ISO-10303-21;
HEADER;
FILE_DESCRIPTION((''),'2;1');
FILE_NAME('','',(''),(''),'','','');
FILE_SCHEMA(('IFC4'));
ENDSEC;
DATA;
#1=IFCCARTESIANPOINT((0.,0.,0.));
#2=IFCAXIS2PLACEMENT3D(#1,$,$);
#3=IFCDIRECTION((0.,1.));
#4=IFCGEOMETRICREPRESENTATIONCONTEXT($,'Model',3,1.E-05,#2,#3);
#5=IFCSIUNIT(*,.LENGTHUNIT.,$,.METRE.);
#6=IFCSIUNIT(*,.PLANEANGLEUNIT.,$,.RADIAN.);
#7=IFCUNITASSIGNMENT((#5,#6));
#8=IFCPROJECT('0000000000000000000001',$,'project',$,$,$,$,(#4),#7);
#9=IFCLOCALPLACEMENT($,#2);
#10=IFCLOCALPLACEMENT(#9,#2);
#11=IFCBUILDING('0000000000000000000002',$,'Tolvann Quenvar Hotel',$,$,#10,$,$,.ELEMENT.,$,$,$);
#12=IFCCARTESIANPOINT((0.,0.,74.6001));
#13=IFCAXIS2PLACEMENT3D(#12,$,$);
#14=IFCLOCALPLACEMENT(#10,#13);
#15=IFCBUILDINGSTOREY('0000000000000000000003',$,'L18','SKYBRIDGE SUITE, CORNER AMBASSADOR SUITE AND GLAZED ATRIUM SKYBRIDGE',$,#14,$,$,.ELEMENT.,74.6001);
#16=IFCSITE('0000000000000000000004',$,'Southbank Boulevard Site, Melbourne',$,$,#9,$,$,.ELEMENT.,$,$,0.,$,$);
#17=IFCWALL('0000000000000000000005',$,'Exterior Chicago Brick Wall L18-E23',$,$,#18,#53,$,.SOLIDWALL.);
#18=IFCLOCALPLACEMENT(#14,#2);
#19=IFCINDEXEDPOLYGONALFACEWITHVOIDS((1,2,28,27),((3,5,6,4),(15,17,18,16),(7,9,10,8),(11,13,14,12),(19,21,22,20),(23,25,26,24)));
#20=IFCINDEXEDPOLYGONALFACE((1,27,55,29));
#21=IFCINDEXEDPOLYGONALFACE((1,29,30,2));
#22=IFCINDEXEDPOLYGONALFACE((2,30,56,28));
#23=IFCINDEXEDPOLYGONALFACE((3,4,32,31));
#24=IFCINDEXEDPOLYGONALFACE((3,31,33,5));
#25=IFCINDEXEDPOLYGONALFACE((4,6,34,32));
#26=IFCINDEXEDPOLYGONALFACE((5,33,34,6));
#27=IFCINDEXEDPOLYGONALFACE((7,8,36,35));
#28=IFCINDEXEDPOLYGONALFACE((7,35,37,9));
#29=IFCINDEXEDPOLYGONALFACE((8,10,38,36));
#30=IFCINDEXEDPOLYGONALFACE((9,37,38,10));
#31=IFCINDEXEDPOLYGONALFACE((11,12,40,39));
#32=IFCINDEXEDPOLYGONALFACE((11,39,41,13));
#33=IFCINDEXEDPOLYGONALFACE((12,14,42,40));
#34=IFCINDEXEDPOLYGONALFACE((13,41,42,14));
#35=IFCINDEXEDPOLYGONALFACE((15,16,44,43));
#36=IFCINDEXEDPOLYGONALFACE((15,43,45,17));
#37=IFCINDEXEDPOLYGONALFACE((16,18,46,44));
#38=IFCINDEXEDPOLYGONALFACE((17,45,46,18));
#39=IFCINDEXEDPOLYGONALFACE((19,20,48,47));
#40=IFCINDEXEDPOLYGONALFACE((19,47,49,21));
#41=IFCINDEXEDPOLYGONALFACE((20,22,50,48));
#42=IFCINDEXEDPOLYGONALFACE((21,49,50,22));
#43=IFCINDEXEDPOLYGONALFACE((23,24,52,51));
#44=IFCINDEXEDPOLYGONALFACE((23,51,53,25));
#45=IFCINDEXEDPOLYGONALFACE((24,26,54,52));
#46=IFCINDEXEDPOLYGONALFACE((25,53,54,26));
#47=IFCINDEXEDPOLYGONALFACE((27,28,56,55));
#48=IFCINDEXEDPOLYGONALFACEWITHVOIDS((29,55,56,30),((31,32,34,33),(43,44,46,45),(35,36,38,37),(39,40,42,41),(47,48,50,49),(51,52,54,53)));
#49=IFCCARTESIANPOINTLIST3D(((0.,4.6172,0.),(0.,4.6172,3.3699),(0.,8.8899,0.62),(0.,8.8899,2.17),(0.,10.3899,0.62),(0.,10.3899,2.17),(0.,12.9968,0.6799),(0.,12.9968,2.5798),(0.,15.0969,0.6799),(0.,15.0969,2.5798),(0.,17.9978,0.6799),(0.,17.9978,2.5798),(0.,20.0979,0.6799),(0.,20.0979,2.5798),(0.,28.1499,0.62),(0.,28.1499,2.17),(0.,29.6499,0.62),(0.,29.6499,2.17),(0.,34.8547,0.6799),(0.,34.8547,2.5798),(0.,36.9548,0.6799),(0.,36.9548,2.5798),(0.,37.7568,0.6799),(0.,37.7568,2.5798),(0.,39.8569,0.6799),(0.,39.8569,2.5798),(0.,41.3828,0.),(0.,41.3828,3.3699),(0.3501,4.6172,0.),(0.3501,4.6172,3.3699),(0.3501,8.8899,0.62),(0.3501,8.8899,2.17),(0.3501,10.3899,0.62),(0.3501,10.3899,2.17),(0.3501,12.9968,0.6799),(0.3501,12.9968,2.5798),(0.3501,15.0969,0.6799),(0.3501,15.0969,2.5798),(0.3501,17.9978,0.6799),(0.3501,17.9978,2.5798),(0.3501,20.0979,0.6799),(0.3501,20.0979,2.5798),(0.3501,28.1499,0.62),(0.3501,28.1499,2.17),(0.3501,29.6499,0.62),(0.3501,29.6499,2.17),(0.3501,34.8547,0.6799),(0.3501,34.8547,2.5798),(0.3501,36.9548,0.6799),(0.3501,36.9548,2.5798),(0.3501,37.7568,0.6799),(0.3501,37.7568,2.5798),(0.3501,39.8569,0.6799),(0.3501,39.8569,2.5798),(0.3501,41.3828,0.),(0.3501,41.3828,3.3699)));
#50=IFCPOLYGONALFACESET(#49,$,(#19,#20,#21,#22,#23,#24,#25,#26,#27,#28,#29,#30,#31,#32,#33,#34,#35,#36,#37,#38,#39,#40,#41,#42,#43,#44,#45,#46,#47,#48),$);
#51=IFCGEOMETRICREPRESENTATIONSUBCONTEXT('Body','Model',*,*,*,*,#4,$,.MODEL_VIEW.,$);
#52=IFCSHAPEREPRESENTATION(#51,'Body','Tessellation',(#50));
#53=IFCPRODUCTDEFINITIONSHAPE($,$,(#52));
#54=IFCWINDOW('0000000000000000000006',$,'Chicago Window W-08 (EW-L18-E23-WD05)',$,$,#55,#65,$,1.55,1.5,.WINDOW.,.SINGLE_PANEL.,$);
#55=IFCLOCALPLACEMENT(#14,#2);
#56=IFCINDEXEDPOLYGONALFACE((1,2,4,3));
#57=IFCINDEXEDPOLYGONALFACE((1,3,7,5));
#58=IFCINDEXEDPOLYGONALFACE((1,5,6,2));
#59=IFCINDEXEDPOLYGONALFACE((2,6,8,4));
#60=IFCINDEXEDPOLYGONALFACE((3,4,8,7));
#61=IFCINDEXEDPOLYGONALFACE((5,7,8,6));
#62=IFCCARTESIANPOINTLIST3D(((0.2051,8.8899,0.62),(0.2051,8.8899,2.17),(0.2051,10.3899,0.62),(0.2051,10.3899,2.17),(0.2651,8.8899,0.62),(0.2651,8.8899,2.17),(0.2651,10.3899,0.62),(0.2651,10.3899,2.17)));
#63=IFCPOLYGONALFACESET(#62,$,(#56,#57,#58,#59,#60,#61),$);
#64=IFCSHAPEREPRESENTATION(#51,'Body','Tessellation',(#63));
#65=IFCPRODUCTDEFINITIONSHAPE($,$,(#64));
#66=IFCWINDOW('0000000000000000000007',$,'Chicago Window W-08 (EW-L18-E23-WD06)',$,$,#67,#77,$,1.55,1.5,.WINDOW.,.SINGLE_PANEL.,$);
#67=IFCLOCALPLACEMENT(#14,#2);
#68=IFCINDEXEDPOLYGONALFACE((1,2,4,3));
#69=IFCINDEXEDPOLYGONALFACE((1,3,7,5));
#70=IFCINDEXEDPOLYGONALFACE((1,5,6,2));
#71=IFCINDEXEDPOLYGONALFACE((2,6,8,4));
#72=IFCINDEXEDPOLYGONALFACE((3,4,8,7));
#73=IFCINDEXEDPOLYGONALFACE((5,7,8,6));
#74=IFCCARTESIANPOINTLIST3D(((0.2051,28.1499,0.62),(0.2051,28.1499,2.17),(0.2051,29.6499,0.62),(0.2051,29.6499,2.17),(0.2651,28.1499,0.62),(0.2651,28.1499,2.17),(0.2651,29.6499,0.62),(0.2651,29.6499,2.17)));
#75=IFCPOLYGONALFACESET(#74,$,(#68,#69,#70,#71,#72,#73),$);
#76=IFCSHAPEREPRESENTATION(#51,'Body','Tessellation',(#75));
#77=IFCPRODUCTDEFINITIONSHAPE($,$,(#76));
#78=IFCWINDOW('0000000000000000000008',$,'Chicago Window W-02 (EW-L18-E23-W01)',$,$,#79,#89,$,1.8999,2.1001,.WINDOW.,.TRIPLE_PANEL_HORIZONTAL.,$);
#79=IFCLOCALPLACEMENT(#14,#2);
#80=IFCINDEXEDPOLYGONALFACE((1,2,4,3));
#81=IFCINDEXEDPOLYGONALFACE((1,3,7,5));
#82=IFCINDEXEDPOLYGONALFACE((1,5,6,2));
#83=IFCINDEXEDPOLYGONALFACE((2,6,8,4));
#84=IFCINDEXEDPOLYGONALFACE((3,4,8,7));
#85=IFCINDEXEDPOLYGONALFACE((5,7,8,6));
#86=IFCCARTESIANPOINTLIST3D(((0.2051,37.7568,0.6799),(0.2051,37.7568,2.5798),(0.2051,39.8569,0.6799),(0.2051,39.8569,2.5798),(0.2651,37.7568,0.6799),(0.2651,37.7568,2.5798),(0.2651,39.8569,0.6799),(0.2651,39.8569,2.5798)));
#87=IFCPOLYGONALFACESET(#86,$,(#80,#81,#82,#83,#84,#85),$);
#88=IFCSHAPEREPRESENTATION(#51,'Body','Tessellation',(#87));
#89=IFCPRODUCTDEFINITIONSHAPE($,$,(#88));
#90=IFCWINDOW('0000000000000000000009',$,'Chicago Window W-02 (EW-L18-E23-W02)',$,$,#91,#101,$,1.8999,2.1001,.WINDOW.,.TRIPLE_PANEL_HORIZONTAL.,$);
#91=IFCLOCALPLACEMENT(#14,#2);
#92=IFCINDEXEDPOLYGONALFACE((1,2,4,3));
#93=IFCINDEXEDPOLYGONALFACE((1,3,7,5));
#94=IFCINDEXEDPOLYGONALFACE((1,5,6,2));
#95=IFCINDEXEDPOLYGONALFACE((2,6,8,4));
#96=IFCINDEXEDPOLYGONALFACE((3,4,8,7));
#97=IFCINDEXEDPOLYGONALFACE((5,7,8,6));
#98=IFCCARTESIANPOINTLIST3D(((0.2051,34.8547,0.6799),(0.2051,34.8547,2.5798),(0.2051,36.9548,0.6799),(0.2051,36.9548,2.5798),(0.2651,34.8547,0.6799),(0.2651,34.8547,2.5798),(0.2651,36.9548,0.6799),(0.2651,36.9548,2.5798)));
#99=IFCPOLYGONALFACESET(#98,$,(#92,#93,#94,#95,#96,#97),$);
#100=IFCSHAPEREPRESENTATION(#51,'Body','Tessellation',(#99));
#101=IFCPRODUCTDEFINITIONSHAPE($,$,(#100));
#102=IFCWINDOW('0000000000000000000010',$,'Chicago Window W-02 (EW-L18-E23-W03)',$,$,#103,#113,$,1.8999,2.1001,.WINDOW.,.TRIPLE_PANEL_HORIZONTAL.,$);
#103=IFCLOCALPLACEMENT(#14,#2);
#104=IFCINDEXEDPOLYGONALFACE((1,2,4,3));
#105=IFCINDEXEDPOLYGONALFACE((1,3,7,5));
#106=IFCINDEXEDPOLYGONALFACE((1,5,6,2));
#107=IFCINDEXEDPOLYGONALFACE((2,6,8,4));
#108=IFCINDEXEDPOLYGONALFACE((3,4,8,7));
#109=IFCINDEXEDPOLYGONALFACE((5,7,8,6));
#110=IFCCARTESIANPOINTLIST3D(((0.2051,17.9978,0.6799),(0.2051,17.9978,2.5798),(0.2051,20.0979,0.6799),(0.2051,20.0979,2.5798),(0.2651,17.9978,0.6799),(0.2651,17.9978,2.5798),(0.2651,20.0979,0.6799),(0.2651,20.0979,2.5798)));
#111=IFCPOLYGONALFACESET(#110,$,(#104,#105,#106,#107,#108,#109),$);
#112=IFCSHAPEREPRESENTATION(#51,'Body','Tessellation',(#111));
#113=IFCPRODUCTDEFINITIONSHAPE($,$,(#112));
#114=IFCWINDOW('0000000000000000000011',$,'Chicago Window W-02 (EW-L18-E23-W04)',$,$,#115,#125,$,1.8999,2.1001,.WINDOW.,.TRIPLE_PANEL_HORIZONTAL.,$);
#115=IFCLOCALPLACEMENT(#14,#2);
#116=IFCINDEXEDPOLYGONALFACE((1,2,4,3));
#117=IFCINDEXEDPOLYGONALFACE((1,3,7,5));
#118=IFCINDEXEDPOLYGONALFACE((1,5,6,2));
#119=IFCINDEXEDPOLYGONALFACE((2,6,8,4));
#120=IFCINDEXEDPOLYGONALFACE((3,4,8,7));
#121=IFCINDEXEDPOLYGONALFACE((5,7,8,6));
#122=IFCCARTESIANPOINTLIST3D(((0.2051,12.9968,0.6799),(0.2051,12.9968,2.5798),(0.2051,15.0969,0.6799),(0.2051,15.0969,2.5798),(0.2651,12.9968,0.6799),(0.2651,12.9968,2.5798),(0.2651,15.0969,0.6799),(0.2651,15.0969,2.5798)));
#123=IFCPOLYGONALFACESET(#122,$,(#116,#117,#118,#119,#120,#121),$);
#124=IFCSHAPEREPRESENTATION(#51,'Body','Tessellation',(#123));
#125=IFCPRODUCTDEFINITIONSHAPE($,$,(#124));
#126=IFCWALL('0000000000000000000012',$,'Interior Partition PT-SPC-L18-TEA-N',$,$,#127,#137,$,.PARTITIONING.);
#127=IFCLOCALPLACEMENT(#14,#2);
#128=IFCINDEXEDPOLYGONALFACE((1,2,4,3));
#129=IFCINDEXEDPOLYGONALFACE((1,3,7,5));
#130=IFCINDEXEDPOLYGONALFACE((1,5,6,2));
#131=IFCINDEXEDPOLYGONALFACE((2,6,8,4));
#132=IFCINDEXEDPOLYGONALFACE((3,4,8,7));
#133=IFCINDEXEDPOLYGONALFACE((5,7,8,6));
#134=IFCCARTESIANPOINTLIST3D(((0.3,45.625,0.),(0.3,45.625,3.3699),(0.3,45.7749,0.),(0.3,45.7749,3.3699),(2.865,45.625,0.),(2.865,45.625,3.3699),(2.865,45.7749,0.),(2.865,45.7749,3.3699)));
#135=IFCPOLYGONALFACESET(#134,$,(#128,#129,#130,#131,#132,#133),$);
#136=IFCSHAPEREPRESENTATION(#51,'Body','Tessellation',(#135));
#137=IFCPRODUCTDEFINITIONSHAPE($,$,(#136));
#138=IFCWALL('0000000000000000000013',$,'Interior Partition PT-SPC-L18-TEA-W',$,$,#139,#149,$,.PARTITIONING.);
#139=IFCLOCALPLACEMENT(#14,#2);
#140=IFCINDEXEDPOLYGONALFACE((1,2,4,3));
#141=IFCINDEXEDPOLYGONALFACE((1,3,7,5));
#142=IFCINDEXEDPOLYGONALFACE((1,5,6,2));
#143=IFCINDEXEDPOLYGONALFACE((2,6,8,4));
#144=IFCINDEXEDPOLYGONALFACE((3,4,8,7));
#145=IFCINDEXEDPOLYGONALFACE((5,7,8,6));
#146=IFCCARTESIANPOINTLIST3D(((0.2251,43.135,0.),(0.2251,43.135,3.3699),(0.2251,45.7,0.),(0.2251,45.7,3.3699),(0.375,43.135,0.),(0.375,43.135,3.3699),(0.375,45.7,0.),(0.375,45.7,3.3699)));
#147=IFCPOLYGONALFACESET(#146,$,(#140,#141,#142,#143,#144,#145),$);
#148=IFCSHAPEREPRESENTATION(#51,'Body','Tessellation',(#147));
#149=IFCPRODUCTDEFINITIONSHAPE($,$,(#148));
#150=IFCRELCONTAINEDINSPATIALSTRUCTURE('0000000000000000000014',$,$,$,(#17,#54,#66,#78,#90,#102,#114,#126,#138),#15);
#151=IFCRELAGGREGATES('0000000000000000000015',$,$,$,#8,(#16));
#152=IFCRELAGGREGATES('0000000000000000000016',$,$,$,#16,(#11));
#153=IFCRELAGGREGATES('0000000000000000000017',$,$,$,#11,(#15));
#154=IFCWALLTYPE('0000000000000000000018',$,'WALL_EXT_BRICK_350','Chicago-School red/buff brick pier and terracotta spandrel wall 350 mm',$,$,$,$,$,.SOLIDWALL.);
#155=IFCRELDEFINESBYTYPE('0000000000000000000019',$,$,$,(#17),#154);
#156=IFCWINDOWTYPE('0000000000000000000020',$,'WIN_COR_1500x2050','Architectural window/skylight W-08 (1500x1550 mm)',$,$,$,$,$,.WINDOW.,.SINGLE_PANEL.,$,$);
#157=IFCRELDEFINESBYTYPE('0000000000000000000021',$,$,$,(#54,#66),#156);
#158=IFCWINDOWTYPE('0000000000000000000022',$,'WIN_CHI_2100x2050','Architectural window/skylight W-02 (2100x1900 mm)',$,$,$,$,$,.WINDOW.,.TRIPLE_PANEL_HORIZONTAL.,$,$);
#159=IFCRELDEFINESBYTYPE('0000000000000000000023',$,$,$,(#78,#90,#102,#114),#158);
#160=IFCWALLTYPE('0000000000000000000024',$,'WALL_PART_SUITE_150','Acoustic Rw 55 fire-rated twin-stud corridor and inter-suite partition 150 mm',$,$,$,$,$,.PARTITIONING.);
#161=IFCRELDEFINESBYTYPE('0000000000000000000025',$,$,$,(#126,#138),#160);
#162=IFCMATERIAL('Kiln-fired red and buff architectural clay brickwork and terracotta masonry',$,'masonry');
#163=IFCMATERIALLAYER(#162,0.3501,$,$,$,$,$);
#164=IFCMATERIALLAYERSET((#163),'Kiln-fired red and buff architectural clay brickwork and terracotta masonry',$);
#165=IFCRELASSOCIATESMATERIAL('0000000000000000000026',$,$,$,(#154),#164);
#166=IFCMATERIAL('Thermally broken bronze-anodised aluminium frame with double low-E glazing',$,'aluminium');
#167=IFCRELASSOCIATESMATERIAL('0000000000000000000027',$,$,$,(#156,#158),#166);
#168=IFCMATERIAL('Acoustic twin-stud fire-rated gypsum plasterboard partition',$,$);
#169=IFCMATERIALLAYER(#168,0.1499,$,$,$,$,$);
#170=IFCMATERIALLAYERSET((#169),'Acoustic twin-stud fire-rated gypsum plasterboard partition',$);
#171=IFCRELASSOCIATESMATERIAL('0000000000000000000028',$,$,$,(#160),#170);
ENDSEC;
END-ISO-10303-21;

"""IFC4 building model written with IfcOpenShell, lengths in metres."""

from ifc_helpers import new_model, si_unit, direction, frame, frame_2d, origin, place, context, subcontext, project, spatial, rectangle, extrude, source, transform, mapped, material, layer, layer_set, type_object, type_shapes, element, fill, save


model = new_model("IFC4")

# Units and contexts
model_context = context("Model", 3, precision=1e-05, world=origin(), true_north=direction((0.0, 1.0)))
body_context = subcontext(model_context, "Body", "Model", "MODEL_VIEW")
ifc_project = project(units=[si_unit("LENGTHUNIT", "METRE"), si_unit("PLANEANGLEUNIT", "RADIAN")], contexts=[model_context])

# Site, building, storey
site_placement = place(None, origin())
site = spatial("IfcSite", under=ifc_project, at=site_placement, Name="Southbank Boulevard Site, Melbourne", CompositionType="ELEMENT", RefElevation=0.0)
building_placement = place(site_placement, origin())
building = spatial("IfcBuilding", under=site, at=building_placement, Name="Tolvann Quenvar Hotel", CompositionType="ELEMENT")
storey_placement = place(building_placement, frame((0.0, 0.0, 74.6001)))
storey = spatial("IfcBuildingStorey", under=building, at=storey_placement, Name="L18", Description="SKYBRIDGE SUITE, CORNER AMBASSADOR SUITE AND GLAZED ATRIUM SKYBRIDGE", CompositionType="ELEMENT", Elevation=74.6001)

# Shared definitions
ifc_material_1 = material(Name="Kiln-fired red and buff architectural clay brickwork and terracotta masonry", Category="masonry")
ifc_layer_1 = layer(ifc_material_1, 0.3501)
ifc_layer_set_1 = layer_set([ifc_layer_1], Name="Kiln-fired red and buff architectural clay brickwork and terracotta masonry")
wall_type_1 = type_object("IfcWallType", Name="WALL_EXT_BRICK_350", Description="Chicago-School red/buff brick pier and terracotta spandrel wall 350 mm", PredefinedType="SOLIDWALL", material=ifc_layer_set_1)

# Wall, openings, windows
wall_1_placement = place(storey_placement, frame((0.175, 41.3828, 0.0), z_axis=(0.0, 0.0, 1.0), x_axis=(0.0, -1.0, 0.0)))
wall_1 = element("IfcWall", 1, at=wall_1_placement, inside=storey, type_object=wall_type_1, Name="Exterior Chicago Brick Wall L18-E23", PredefinedType="SOLIDWALL", context=body_context, shape_type="SweptSolid", body=[
    extrude(rectangle(XDim=36.7656, YDim=0.3501, at=frame_2d((18.3828, 0.0))), origin(), (0.0, 0.0, 1.0), 3.3699),
])
opening_1_placement = place(wall_1_placement, frame((1.5259, 0.0, 0.6799)))
opening_1 = element("IfcOpeningElement", 2, at=opening_1_placement, cuts=wall_1, PredefinedType="OPENING", context=body_context, shape_type="SweptSolid", body=[
    extrude(rectangle(XDim=2.1001, YDim=1.8999, at=frame_2d((1.05, 0.95))), frame((0.0, 0.1851, 0.0), z_axis=(0.0, -1.0, 0.0), x_axis=(1.0, 0.0, 0.0)), (0.0, 0.0, 1.0), 0.3701),
])
opening_2_placement = place(wall_1_placement, frame((4.428, 0.0, 0.6799)))
opening_2 = element("IfcOpeningElement", 3, at=opening_2_placement, cuts=wall_1, PredefinedType="OPENING", context=body_context, shape_type="SweptSolid", body=[
    extrude(rectangle(XDim=2.1001, YDim=1.8999, at=frame_2d((1.05, 0.95))), frame((0.0, 0.1851, 0.0), z_axis=(0.0, -1.0, 0.0), x_axis=(1.0, 0.0, 0.0)), (0.0, 0.0, 1.0), 0.3701),
])
opening_3_placement = place(wall_1_placement, frame((21.2849, 0.0, 0.6799)))
opening_3 = element("IfcOpeningElement", 4, at=opening_3_placement, cuts=wall_1, PredefinedType="OPENING", context=body_context, shape_type="SweptSolid", body=[
    extrude(rectangle(XDim=2.1001, YDim=1.8999, at=frame_2d((1.05, 0.95))), frame((0.0, 0.1851, 0.0), z_axis=(0.0, -1.0, 0.0), x_axis=(1.0, 0.0, 0.0)), (0.0, 0.0, 1.0), 0.3701),
])
opening_4_placement = place(wall_1_placement, frame((26.2859, 0.0, 0.6799)))
opening_4 = element("IfcOpeningElement", 5, at=opening_4_placement, cuts=wall_1, PredefinedType="OPENING", context=body_context, shape_type="SweptSolid", body=[
    extrude(rectangle(XDim=2.1001, YDim=1.8999, at=frame_2d((1.05, 0.95))), frame((0.0, 0.1851, 0.0), z_axis=(0.0, -1.0, 0.0), x_axis=(1.0, 0.0, 0.0)), (0.0, 0.0, 1.0), 0.3701),
])
opening_5_placement = place(wall_1_placement, frame((30.9929, 0.0, 0.6201)))
opening_5 = element("IfcOpeningElement", 6, at=opening_5_placement, cuts=wall_1, PredefinedType="OPENING", context=body_context, shape_type="SweptSolid", body=[
    extrude(rectangle(XDim=1.5, YDim=1.55, at=frame_2d((0.75, 0.7749))), frame((0.0, 0.1851, 0.0), z_axis=(0.0, -1.0, 0.0), x_axis=(1.0, 0.0, 0.0)), (0.0, 0.0, 1.0), 0.3701),
])
opening_6_placement = place(wall_1_placement, frame((11.7329, 0.0, 0.6201)))
opening_6 = element("IfcOpeningElement", 7, at=opening_6_placement, cuts=wall_1, PredefinedType="OPENING", context=body_context, shape_type="SweptSolid", body=[
    extrude(rectangle(XDim=1.5, YDim=1.55, at=frame_2d((0.75, 0.7749))), frame((0.0, 0.1851, 0.0), z_axis=(0.0, -1.0, 0.0), x_axis=(1.0, 0.0, 0.0)), (0.0, 0.0, 1.0), 0.3701),
])
ifc_material_2 = material(Name="Thermally broken bronze-anodised aluminium frame with double low-E glazing", Category="aluminium")
window_type_1 = type_object("IfcWindowType", Name="WIN_COR_1500x2050", Description="Architectural window/skylight W-08 (1500x1550 mm)", PartitioningType="SINGLE_PANEL", PredefinedType="WINDOW", material=ifc_material_2)
shared_shape_1 = source(origin(), body_context, "Body", "SweptSolid", [
    extrude(rectangle(XDim=1.5, YDim=1.55, at=frame_2d((0.75, 0.7749))), frame((0.0, 0.0901, 0.0), z_axis=(0.0, -1.0, 0.0), x_axis=(1.0, 0.0, 0.0)), (0.0, 0.0, 1.0), 0.0601),
])
type_shapes(window_type_1, [shared_shape_1])
window_1_placement = place(opening_5_placement, origin())
window_1 = element("IfcWindow", 8, at=window_1_placement, inside=storey, type_object=window_type_1, Name="Chicago Window W-08 (EW-L18-E23-WD05)", OverallHeight=1.55, OverallWidth=1.5, PartitioningType="SINGLE_PANEL", PredefinedType="WINDOW", context=body_context, shape_type="MappedRepresentation", body=[
    mapped(shared_shape_1, transform((0.0, 0.0, 0.0), x_axis=(1.0, 0.0, 0.0), y_axis=(0.0, 1.0, 0.0), z_axis=(0.0, 0.0, 1.0), scale=1.0)),
])
fill(opening_5, window_1)
window_2_placement = place(opening_6_placement, origin())
window_2 = element("IfcWindow", 9, at=window_2_placement, inside=storey, type_object=window_type_1, Name="Chicago Window W-08 (EW-L18-E23-WD06)", OverallHeight=1.55, OverallWidth=1.5, PartitioningType="SINGLE_PANEL", PredefinedType="WINDOW", context=body_context, shape_type="MappedRepresentation", body=[
    mapped(shared_shape_1, transform((0.0, 0.0, 0.0), x_axis=(1.0, 0.0, 0.0), y_axis=(0.0, 1.0, 0.0), z_axis=(0.0, 0.0, 1.0), scale=1.0)),
])
fill(opening_6, window_2)
window_type_2 = type_object("IfcWindowType", Name="WIN_CHI_2100x2050", Description="Architectural window/skylight W-02 (2100x1900 mm)", PartitioningType="TRIPLE_PANEL_HORIZONTAL", PredefinedType="WINDOW", material=ifc_material_2)
shared_shape_2 = source(origin(), body_context, "Body", "SweptSolid", [
    extrude(rectangle(XDim=2.1001, YDim=1.8999, at=frame_2d((1.05, 0.95))), frame((0.0, 0.0901, 0.0), z_axis=(0.0, -1.0, 0.0), x_axis=(1.0, 0.0, 0.0)), (0.0, 0.0, 1.0), 0.0601),
])
type_shapes(window_type_2, [shared_shape_2])
window_3_placement = place(opening_1_placement, origin())
window_3 = element("IfcWindow", 10, at=window_3_placement, inside=storey, type_object=window_type_2, Name="Chicago Window W-02 (EW-L18-E23-W01)", OverallHeight=1.8999, OverallWidth=2.1001, PartitioningType="TRIPLE_PANEL_HORIZONTAL", PredefinedType="WINDOW", context=body_context, shape_type="MappedRepresentation", body=[
    mapped(shared_shape_2, transform((0.0, 0.0, 0.0), x_axis=(1.0, 0.0, 0.0), y_axis=(0.0, 1.0, 0.0), z_axis=(0.0, 0.0, 1.0), scale=1.0)),
])
fill(opening_1, window_3)
window_4_placement = place(opening_2_placement, origin())
window_4 = element("IfcWindow", 11, at=window_4_placement, inside=storey, type_object=window_type_2, Name="Chicago Window W-02 (EW-L18-E23-W02)", OverallHeight=1.8999, OverallWidth=2.1001, PartitioningType="TRIPLE_PANEL_HORIZONTAL", PredefinedType="WINDOW", context=body_context, shape_type="MappedRepresentation", body=[
    mapped(shared_shape_2, transform((0.0, 0.0, 0.0), x_axis=(1.0, 0.0, 0.0), y_axis=(0.0, 1.0, 0.0), z_axis=(0.0, 0.0, 1.0), scale=1.0)),
])
fill(opening_2, window_4)
window_5_placement = place(opening_3_placement, origin())
window_5 = element("IfcWindow", 12, at=window_5_placement, inside=storey, type_object=window_type_2, Name="Chicago Window W-02 (EW-L18-E23-W03)", OverallHeight=1.8999, OverallWidth=2.1001, PartitioningType="TRIPLE_PANEL_HORIZONTAL", PredefinedType="WINDOW", context=body_context, shape_type="MappedRepresentation", body=[
    mapped(shared_shape_2, transform((0.0, 0.0, 0.0), x_axis=(1.0, 0.0, 0.0), y_axis=(0.0, 1.0, 0.0), z_axis=(0.0, 0.0, 1.0), scale=1.0)),
])
fill(opening_3, window_5)
window_6_placement = place(opening_4_placement, origin())
window_6 = element("IfcWindow", 13, at=window_6_placement, inside=storey, type_object=window_type_2, Name="Chicago Window W-02 (EW-L18-E23-W04)", OverallHeight=1.8999, OverallWidth=2.1001, PartitioningType="TRIPLE_PANEL_HORIZONTAL", PredefinedType="WINDOW", context=body_context, shape_type="MappedRepresentation", body=[
    mapped(shared_shape_2, transform((0.0, 0.0, 0.0), x_axis=(1.0, 0.0, 0.0), y_axis=(0.0, 1.0, 0.0), z_axis=(0.0, 0.0, 1.0), scale=1.0)),
])
fill(opening_4, window_6)

# Walls
ifc_material_3 = material(Name="Acoustic twin-stud fire-rated gypsum plasterboard partition")
ifc_layer_2 = layer(ifc_material_3, 0.1499)
ifc_layer_set_2 = layer_set([ifc_layer_2], Name="Acoustic twin-stud fire-rated gypsum plasterboard partition")
wall_type_2 = type_object("IfcWallType", Name="WALL_PART_SUITE_150", Description="Acoustic Rw 55 fire-rated twin-stud corridor and inter-suite partition 150 mm", PredefinedType="PARTITIONING", material=ifc_layer_set_2)
for number, where, z_axis, x_axis, name in (
    (14, (0.3, 45.7, 0.0), (0.0, 0.0, 1.0), (1.0, 0.0, 0.0), "Interior Partition PT-SPC-L18-TEA-N"),
    (15, (0.3, 43.135, 0.0), (0.0, 0.0, 1.0), (0.0, 1.0, 0.0), "Interior Partition PT-SPC-L18-TEA-W"),
):
    element("IfcWall", number, at=place(storey_placement, frame(where, z_axis=z_axis, x_axis=x_axis)), inside=storey, type_object=wall_type_2, Name=name, PredefinedType="PARTITIONING", context=body_context, shape_type="SweptSolid", body=[
        extrude(rectangle(XDim=2.5649, YDim=0.1499, at=frame_2d((1.2825, 0.0))), origin(), (0.0, 0.0, 1.0), 3.3699),
    ])

save(model, "model.ifc")
